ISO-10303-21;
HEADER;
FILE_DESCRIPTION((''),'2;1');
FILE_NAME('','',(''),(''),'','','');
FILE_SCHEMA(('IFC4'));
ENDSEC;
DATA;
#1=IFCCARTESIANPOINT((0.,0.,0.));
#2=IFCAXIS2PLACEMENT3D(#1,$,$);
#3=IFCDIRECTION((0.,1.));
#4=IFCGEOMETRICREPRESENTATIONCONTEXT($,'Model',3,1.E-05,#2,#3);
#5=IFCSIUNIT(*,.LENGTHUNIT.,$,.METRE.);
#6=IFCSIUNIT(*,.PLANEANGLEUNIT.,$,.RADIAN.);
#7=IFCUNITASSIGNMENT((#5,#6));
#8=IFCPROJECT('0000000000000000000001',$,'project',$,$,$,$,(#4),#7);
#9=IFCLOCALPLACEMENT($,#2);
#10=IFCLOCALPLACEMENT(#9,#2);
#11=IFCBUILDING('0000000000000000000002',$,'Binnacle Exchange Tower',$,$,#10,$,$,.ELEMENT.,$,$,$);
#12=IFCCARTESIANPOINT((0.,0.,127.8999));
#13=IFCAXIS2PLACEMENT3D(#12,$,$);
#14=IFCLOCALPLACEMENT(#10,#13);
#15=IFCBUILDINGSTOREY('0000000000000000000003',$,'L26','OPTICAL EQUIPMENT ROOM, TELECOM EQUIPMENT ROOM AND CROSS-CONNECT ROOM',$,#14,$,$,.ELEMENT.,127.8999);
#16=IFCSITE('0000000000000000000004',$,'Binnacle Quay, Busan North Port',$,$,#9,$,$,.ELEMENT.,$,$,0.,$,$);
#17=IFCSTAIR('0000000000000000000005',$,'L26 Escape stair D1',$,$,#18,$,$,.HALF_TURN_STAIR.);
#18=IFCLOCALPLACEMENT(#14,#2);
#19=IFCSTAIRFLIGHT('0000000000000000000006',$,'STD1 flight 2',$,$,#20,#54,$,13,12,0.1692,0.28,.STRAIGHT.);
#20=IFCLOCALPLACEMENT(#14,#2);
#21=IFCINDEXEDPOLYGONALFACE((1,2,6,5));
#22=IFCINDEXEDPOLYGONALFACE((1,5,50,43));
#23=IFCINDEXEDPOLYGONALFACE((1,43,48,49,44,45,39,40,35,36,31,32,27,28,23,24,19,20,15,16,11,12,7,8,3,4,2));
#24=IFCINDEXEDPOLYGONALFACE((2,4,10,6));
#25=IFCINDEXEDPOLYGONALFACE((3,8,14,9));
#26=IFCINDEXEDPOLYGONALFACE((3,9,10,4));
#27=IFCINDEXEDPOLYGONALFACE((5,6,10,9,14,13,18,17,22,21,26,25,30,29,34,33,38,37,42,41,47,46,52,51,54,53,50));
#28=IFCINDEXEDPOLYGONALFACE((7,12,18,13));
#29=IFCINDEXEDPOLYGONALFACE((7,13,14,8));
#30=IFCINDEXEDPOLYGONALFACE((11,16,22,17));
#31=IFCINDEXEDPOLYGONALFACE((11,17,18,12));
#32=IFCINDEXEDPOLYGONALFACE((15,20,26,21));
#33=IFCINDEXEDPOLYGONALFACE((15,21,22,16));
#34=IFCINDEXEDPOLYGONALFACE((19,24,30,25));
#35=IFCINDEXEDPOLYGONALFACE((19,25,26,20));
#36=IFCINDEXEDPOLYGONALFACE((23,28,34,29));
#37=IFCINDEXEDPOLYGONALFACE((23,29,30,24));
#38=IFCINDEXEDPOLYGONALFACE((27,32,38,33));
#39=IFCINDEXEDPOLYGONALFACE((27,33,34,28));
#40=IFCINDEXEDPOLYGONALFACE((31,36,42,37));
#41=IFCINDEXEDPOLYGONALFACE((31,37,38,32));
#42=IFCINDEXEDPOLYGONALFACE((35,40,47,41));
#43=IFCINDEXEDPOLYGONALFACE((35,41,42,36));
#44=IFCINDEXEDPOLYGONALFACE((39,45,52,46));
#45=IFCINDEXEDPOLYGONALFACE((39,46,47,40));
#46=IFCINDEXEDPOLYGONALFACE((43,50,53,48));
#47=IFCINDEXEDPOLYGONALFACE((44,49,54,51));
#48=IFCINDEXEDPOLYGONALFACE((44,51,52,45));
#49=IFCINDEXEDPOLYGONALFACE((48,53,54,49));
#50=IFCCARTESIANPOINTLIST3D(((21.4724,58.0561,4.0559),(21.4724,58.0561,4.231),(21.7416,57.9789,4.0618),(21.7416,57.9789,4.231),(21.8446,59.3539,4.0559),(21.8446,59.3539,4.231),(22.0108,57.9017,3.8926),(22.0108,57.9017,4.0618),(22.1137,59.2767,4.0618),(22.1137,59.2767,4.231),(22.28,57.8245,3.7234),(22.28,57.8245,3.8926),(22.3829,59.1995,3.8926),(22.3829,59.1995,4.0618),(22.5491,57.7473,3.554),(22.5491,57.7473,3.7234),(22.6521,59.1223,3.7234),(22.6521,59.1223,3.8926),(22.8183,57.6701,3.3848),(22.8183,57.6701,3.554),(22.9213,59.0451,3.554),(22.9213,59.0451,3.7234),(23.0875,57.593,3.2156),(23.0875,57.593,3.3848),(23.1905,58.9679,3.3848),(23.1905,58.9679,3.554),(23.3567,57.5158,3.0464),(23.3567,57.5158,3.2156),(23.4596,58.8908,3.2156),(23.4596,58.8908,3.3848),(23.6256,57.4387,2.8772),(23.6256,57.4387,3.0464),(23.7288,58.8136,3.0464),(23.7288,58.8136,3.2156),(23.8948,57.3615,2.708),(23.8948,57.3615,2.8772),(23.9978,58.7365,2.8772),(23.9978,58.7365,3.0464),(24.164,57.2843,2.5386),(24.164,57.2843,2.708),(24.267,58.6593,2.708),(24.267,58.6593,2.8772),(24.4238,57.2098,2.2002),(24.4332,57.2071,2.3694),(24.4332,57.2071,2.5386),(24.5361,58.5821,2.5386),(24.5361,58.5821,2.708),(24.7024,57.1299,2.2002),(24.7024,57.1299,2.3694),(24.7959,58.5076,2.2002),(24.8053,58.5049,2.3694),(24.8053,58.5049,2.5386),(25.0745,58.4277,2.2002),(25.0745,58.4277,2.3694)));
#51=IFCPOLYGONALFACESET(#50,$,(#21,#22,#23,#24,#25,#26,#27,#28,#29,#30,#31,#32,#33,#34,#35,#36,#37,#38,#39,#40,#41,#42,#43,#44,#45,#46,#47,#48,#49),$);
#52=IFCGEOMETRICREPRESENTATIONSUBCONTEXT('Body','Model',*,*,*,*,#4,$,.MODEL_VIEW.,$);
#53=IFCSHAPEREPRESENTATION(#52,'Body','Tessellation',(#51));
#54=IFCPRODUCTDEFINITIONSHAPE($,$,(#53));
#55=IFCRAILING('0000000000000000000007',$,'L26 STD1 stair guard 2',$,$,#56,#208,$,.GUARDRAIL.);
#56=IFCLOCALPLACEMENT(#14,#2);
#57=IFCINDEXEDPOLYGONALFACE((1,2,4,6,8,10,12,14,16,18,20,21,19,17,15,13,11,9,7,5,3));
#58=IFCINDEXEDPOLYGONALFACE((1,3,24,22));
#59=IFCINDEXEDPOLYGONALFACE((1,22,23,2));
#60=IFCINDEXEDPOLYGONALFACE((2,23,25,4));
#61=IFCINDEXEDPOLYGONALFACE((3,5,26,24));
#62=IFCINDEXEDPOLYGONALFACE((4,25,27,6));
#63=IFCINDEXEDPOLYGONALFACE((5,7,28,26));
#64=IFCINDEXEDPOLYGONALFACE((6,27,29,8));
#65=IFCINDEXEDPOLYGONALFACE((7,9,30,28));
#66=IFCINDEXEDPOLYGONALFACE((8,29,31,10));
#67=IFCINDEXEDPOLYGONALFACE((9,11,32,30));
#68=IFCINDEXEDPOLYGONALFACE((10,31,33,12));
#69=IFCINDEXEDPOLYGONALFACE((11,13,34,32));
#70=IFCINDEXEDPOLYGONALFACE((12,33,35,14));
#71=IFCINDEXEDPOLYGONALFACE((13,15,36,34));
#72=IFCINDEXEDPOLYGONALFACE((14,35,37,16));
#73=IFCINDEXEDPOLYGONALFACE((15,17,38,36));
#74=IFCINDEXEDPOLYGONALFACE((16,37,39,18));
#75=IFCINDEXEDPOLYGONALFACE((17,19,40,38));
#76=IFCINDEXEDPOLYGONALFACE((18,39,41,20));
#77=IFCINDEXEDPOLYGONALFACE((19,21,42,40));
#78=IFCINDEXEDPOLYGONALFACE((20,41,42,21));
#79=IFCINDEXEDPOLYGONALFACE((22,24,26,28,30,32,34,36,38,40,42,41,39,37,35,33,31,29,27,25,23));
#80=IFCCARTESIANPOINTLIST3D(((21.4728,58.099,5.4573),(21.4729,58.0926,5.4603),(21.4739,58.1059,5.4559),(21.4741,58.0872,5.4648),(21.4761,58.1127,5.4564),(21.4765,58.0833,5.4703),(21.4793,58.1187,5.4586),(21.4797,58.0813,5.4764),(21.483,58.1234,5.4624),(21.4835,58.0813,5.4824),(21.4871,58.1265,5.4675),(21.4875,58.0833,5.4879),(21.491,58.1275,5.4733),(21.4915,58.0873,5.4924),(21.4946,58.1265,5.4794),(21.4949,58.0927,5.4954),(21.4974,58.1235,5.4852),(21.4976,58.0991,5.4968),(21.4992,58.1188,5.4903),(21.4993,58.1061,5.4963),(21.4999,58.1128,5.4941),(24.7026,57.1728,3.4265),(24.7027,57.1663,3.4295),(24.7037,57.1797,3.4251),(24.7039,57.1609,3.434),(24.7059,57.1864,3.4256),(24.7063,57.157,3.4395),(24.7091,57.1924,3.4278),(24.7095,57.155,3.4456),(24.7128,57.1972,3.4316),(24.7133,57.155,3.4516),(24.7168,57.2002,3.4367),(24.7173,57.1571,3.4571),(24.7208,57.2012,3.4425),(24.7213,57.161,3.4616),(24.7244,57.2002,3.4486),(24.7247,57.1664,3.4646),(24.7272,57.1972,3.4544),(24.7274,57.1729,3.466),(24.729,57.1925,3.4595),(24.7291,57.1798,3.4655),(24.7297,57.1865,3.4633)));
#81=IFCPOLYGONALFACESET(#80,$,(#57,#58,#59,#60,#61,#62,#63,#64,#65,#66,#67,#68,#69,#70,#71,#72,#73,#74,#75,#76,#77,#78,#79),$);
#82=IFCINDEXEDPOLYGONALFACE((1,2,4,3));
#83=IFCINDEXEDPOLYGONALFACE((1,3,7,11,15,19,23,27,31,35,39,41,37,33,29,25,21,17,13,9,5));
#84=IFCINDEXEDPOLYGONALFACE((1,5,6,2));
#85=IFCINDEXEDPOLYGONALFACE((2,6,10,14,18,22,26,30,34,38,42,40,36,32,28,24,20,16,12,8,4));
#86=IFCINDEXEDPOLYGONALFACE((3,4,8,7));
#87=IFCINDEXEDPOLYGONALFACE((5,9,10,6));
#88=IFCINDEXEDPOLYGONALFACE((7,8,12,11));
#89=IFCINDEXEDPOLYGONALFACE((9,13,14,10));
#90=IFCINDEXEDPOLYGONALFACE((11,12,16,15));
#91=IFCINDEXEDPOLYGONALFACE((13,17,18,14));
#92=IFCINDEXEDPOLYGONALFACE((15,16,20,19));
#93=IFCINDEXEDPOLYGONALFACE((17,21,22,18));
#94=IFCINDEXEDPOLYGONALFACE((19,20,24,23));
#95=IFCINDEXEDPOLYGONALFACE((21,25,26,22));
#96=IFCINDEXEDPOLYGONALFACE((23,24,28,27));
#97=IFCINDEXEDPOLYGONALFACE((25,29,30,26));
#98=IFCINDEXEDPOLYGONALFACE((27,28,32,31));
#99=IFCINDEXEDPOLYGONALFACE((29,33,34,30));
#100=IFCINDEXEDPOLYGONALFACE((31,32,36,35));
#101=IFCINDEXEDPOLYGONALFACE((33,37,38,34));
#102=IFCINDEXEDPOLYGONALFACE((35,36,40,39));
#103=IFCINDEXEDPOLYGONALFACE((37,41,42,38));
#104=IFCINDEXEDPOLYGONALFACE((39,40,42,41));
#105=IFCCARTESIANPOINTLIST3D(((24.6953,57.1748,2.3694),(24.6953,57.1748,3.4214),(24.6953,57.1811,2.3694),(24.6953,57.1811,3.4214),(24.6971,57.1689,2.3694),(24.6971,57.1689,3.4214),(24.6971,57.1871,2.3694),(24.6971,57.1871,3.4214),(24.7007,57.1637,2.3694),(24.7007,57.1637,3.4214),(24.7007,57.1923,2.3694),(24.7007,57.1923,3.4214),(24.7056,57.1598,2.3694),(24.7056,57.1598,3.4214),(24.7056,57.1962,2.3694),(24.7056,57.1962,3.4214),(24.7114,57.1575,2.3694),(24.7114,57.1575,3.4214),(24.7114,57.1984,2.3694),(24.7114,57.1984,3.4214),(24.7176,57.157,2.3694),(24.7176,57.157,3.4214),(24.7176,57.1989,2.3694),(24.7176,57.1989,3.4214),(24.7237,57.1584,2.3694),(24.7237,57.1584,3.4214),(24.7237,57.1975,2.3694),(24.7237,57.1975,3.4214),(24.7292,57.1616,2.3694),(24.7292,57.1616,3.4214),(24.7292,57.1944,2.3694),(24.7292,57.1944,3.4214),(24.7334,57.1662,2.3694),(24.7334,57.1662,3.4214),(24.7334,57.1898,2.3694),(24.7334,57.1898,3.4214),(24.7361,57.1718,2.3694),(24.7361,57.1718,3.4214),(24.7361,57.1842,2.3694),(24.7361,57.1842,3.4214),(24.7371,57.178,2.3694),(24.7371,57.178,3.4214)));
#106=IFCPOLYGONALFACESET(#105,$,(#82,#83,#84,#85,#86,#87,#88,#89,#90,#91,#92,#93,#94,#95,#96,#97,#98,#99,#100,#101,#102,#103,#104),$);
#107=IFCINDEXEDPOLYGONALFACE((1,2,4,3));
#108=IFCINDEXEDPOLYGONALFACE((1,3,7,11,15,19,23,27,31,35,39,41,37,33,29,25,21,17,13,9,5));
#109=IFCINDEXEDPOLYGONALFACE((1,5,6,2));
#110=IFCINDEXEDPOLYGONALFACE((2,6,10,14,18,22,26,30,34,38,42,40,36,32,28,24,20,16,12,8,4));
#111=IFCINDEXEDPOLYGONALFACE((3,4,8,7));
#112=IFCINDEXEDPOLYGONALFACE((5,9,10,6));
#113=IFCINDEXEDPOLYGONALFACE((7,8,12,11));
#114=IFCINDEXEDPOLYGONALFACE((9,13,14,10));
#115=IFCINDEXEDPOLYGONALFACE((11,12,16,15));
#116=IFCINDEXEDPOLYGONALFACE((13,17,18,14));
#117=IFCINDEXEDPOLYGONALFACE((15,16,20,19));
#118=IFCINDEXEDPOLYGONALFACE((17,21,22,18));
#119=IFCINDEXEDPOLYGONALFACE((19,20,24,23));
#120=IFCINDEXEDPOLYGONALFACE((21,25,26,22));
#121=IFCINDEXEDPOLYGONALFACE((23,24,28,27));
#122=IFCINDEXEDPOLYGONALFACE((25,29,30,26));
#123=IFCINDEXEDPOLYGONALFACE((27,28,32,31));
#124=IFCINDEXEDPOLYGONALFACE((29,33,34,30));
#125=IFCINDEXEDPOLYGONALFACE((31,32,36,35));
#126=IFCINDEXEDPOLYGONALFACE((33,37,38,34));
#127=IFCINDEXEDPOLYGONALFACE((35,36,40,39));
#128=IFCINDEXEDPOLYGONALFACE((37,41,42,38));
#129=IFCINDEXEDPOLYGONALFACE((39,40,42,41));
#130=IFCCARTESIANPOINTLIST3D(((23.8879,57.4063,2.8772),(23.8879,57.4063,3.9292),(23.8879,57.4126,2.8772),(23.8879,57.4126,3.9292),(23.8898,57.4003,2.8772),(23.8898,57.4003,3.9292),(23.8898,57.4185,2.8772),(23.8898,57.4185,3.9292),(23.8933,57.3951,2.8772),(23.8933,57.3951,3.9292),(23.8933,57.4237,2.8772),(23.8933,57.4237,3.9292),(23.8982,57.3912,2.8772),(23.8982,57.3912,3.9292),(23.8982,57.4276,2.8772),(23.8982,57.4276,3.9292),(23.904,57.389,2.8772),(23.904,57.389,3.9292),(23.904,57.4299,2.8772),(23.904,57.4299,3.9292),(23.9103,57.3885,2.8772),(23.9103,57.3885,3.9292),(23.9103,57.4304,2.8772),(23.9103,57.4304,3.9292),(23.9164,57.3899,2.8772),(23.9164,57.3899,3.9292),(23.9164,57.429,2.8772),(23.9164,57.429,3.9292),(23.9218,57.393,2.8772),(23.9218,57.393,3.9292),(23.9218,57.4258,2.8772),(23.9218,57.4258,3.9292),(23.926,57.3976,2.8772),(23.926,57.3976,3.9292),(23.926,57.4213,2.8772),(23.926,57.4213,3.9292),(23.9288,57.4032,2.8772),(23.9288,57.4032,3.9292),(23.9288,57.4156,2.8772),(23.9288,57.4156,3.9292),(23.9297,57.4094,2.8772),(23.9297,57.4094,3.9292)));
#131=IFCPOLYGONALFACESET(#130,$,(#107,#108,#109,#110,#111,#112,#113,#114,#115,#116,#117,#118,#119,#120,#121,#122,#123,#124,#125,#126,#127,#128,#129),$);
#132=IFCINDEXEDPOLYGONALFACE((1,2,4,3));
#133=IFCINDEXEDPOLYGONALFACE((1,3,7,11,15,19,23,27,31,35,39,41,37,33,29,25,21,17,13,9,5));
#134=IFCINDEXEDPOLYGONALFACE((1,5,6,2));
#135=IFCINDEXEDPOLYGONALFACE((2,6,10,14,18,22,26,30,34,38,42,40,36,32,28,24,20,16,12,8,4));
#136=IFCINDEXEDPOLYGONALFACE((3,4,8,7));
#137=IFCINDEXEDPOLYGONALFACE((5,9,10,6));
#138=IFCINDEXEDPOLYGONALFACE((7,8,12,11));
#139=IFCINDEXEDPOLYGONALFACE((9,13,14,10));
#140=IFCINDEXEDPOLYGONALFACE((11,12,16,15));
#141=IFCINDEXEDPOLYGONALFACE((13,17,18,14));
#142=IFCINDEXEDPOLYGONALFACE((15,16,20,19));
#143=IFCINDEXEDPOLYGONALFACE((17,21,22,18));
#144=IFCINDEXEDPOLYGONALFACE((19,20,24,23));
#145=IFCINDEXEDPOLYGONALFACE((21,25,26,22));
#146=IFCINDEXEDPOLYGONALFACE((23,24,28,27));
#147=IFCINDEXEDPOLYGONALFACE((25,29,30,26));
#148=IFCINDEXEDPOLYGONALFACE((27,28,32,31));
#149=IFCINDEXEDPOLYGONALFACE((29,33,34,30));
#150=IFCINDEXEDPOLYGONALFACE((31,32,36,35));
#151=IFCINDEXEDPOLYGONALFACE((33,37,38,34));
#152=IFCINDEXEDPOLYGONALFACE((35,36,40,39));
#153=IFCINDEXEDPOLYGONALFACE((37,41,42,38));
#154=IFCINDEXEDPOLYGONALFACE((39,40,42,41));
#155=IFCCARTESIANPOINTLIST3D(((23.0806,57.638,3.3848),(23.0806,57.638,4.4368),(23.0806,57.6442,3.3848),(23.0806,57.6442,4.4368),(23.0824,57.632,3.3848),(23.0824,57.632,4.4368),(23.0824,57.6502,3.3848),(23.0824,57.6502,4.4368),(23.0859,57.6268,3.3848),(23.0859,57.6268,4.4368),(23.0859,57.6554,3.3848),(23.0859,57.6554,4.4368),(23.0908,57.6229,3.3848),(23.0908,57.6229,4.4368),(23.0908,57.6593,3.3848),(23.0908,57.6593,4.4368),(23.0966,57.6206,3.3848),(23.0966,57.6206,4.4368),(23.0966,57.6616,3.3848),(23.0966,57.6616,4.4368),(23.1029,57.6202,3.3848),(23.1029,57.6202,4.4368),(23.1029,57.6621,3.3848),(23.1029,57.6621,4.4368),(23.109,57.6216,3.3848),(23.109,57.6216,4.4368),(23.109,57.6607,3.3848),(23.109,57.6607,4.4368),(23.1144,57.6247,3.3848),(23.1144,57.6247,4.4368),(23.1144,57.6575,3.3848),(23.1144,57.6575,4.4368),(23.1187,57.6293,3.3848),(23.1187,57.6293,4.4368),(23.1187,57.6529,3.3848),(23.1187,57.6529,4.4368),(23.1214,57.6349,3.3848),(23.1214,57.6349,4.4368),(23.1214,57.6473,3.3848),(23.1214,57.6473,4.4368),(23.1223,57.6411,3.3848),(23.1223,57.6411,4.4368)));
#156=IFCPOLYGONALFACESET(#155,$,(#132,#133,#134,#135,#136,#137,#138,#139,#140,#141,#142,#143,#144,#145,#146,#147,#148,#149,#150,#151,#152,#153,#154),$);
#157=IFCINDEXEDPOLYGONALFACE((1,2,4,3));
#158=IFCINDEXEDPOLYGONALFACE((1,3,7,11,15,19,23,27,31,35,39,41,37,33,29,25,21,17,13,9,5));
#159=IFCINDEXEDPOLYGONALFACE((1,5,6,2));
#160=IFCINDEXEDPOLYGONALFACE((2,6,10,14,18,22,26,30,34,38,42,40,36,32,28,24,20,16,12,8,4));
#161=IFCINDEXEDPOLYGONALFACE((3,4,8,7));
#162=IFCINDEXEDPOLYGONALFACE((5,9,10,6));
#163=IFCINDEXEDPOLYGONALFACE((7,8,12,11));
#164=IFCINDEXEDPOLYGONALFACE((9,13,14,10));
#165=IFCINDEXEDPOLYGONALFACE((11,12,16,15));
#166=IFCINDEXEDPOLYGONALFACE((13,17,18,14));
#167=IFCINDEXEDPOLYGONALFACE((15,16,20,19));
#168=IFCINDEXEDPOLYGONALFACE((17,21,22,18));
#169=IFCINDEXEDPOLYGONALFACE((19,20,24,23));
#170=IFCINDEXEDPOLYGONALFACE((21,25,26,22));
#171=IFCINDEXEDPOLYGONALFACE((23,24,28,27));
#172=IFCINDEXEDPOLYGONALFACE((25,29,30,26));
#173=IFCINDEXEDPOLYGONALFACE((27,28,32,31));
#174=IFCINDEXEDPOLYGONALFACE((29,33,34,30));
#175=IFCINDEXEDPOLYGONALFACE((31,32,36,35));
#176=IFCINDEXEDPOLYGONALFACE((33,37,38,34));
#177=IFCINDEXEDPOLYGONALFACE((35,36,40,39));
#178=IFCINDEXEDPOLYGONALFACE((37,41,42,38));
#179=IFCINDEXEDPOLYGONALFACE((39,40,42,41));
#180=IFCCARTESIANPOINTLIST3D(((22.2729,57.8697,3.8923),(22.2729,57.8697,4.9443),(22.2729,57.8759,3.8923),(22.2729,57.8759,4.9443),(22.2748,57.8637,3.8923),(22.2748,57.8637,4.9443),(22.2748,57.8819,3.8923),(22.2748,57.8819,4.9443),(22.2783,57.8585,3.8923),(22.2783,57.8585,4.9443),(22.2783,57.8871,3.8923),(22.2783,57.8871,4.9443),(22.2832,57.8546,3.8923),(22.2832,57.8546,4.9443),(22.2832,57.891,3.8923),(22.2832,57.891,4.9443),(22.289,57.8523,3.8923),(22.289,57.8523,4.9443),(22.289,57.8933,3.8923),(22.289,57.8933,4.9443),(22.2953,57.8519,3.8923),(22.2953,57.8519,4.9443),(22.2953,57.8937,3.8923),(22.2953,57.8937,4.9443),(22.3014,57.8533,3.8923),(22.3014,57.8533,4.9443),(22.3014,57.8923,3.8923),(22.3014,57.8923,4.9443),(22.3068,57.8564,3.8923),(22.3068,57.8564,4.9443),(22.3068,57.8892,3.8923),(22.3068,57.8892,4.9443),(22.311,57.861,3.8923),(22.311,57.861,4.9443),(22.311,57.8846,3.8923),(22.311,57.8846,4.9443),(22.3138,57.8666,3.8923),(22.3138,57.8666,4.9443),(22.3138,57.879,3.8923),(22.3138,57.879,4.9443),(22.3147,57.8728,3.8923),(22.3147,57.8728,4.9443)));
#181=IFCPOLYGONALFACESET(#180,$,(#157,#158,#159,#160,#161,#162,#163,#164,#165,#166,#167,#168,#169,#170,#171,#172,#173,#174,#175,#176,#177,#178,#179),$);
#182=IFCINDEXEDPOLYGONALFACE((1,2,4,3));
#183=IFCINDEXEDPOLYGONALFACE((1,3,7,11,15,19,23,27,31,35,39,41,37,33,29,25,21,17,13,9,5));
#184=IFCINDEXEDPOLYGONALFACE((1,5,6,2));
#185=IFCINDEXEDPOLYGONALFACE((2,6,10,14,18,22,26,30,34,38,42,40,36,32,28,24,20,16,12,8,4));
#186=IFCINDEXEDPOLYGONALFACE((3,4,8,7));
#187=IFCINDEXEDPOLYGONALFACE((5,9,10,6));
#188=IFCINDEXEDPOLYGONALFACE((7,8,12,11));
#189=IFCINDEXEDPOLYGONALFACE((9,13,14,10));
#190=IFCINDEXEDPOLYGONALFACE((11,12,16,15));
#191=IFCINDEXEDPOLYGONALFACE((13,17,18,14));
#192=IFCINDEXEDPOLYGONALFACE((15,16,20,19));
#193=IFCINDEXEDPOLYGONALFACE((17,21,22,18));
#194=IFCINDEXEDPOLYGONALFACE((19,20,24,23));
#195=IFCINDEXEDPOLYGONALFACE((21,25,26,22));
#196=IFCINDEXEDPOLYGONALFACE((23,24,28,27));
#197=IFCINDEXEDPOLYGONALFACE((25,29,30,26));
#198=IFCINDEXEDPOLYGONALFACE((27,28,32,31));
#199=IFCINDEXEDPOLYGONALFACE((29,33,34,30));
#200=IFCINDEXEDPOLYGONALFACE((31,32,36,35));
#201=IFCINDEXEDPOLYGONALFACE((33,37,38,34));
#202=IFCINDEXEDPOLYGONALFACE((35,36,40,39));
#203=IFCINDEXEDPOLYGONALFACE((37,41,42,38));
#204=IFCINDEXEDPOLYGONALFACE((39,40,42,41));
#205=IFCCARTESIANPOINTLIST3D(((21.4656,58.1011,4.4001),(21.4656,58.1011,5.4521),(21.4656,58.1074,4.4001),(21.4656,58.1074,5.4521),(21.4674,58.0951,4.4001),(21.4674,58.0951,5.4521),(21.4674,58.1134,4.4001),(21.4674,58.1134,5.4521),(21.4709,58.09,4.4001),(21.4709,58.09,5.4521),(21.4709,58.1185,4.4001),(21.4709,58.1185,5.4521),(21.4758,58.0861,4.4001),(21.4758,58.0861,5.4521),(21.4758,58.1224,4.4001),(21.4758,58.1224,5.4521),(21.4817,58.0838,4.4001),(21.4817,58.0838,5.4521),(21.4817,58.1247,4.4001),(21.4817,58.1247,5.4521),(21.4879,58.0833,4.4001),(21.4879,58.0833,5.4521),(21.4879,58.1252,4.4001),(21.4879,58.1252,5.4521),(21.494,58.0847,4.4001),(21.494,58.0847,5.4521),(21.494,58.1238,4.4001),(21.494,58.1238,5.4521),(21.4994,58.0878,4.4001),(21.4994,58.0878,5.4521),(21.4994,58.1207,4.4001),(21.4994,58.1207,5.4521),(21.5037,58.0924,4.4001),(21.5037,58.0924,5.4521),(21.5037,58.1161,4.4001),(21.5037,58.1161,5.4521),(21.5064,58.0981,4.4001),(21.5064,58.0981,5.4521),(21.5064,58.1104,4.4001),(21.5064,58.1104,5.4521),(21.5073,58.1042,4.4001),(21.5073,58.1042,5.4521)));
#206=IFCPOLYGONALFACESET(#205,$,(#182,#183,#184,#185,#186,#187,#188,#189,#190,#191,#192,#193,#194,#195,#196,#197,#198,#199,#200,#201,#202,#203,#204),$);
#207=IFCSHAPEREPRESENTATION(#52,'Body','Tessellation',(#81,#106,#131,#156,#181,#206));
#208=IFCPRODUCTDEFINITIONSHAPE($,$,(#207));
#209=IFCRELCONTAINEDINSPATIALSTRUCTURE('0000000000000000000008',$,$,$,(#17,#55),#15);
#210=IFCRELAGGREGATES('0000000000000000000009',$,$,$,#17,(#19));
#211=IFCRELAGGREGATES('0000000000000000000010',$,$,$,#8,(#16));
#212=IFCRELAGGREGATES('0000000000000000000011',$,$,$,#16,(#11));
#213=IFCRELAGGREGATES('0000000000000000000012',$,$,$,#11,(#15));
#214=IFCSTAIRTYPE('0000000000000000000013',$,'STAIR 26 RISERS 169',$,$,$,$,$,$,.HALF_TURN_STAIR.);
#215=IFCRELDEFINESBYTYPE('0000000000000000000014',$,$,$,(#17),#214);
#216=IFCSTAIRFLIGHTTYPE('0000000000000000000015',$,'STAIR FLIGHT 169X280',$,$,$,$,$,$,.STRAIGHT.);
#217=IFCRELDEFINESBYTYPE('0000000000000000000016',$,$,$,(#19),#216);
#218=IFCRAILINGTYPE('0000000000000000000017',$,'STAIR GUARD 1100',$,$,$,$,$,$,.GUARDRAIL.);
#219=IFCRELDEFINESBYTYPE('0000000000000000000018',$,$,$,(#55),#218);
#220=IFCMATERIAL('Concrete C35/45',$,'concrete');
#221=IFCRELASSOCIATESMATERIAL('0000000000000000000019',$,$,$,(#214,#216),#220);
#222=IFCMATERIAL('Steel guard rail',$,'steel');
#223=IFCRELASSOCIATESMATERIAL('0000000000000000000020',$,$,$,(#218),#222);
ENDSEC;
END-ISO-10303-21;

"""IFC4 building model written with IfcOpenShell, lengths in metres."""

from ifc_helpers import new_model, si_unit, direction, frame, origin, origin_2d, place, context, subcontext, project, spatial, polyline, circle, outline, extrude, material, type_object, element, aggregate, save


model = new_model("IFC4")

# Units and contexts
model_context = context("Model", 3, precision=1e-05, world=origin(), true_north=direction((0.0, 1.0)))
body_context = subcontext(model_context, "Body", "Model", "MODEL_VIEW")
ifc_project = project(units=[si_unit("LENGTHUNIT", "METRE"), si_unit("PLANEANGLEUNIT", "RADIAN")], contexts=[model_context])

# Site, building, storey
site_placement = place(None, origin())
site = spatial("IfcSite", under=ifc_project, at=site_placement, Name="Binnacle Quay, Busan North Port", CompositionType="ELEMENT", RefElevation=0.0)
building_placement = place(site_placement, origin())
building = spatial("IfcBuilding", under=site, at=building_placement, Name="Binnacle Exchange Tower", CompositionType="ELEMENT")
storey_placement = place(building_placement, frame((0.0, 0.0, 127.8999)))
storey = spatial("IfcBuildingStorey", under=building, at=storey_placement, Name="L26", Description="OPTICAL EQUIPMENT ROOM, TELECOM EQUIPMENT ROOM AND CROSS-CONNECT ROOM", CompositionType="ELEMENT", Elevation=127.8999)

# Stair, stair flight
ifc_material_1 = material(Name="Concrete C35/45", Category="concrete")
stair_type = type_object("IfcStairType", Name="STAIR 26 RISERS 169", PredefinedType="HALF_TURN_STAIR", material=ifc_material_1)
stair_placement = place(storey_placement, origin())
stair = element("IfcStair", 1, at=stair_placement, inside=storey, type_object=stair_type, Name="L26 Escape stair D1", PredefinedType="HALF_TURN_STAIR")
stair_flight_type = type_object("IfcStairFlightType", Name="STAIR FLIGHT 169X280", PredefinedType="STRAIGHT", material=ifc_material_1)
stair_flight_1_placement = place(storey_placement, frame((24.8884, 57.7788, 2.2002), z_axis=(0.0, 0.0, 1.0), x_axis=(-0.961262, 0.275637, 0.0)))
stair_flight_1 = element("IfcStairFlight", 2, at=stair_flight_1_placement, type_object=stair_flight_type, Name="STD1 flight 2", NumberOfRisers=13, NumberOfTreads=12, PredefinedType="STRAIGHT", RiserHeight=0.1692, TreadLength=0.28, context=body_context, shape_type="SweptSolid", body=[
    extrude(outline(polyline([(0.0, 0.0), (0.0, 0.1692), (0.28, 0.1692), (0.28, 0.3384), (0.5601, 0.3384), (0.5601, 0.5078), (0.8401, 0.5078), (0.8401, 0.677), (1.1201, 0.677), (1.1201, 0.8462), (1.3999, 0.8462), (1.3999, 1.0154), (1.6799, 1.0154), (1.6799, 1.1846), (1.96, 1.1846), (1.96, 1.3538), (2.24, 1.3538), (2.24, 1.5232), (2.52, 1.5232), (2.52, 1.6924), (2.8, 1.6924), (2.8, 1.8616), (3.0801, 1.8616), (3.0801, 2.0308), (3.3601, 2.0308), (3.3601, 2.2), (3.3601, 1.8557), (0.2898, 0.0), (0.0, 0.0)])), frame((0.0, 0.675, 0.0), z_axis=(0.0, -1.0, 0.0), x_axis=(1.0, 0.0, 0.0)), (0.0, 0.0, 1.0), 1.3501),
])
aggregate(stair, [stair_flight_1])

# Railing
ifc_material_2 = material(Name="Steel guard rail", Category="steel")
railing_type_1 = type_object("IfcRailingType", Name="STAIR GUARD 1100", PredefinedType="GUARDRAIL", material=ifc_material_2)
railing_1_placement = place(storey_placement, frame((24.7161, 57.178, 2.3694)))
element("IfcRailing", 3, at=railing_1_placement, inside=storey, type_object=railing_type_1, Name="L26 STD1 stair guard 2", PredefinedType="GUARDRAIL", context=body_context, shape_type="SweptSolid", body=[
    extrude(circle(Radius=0.0239, at=origin_2d()), frame((0.0, 0.0, 1.0762), z_axis=(-0.822661, 0.235935, 0.517265), x_axis=(-0.275681, -0.961249, 0.0)), (0.0, 0.0, 1.0), 3.926),
    extrude(circle(Radius=0.021, at=origin_2d()), origin(), (0.0, 0.0, 1.0), 1.052),
    extrude(circle(Radius=0.021, at=origin_2d()), frame((-0.8074, 0.2314, 0.5078)), (0.0, 0.0, 1.0), 1.052),
    extrude(circle(Radius=0.021, at=origin_2d()), frame((-1.6147, 0.4631, 1.0154)), (0.0, 0.0, 1.0), 1.052),
    extrude(circle(Radius=0.021, at=origin_2d()), frame((-2.4224, 0.6948, 1.5229)), (0.0, 0.0, 1.0), 1.052),
    extrude(circle(Radius=0.021, at=origin_2d()), frame((-3.2297, 0.9263, 2.0308)), (0.0, 0.0, 1.0), 1.052),
])

save(model, "model.ifc")
